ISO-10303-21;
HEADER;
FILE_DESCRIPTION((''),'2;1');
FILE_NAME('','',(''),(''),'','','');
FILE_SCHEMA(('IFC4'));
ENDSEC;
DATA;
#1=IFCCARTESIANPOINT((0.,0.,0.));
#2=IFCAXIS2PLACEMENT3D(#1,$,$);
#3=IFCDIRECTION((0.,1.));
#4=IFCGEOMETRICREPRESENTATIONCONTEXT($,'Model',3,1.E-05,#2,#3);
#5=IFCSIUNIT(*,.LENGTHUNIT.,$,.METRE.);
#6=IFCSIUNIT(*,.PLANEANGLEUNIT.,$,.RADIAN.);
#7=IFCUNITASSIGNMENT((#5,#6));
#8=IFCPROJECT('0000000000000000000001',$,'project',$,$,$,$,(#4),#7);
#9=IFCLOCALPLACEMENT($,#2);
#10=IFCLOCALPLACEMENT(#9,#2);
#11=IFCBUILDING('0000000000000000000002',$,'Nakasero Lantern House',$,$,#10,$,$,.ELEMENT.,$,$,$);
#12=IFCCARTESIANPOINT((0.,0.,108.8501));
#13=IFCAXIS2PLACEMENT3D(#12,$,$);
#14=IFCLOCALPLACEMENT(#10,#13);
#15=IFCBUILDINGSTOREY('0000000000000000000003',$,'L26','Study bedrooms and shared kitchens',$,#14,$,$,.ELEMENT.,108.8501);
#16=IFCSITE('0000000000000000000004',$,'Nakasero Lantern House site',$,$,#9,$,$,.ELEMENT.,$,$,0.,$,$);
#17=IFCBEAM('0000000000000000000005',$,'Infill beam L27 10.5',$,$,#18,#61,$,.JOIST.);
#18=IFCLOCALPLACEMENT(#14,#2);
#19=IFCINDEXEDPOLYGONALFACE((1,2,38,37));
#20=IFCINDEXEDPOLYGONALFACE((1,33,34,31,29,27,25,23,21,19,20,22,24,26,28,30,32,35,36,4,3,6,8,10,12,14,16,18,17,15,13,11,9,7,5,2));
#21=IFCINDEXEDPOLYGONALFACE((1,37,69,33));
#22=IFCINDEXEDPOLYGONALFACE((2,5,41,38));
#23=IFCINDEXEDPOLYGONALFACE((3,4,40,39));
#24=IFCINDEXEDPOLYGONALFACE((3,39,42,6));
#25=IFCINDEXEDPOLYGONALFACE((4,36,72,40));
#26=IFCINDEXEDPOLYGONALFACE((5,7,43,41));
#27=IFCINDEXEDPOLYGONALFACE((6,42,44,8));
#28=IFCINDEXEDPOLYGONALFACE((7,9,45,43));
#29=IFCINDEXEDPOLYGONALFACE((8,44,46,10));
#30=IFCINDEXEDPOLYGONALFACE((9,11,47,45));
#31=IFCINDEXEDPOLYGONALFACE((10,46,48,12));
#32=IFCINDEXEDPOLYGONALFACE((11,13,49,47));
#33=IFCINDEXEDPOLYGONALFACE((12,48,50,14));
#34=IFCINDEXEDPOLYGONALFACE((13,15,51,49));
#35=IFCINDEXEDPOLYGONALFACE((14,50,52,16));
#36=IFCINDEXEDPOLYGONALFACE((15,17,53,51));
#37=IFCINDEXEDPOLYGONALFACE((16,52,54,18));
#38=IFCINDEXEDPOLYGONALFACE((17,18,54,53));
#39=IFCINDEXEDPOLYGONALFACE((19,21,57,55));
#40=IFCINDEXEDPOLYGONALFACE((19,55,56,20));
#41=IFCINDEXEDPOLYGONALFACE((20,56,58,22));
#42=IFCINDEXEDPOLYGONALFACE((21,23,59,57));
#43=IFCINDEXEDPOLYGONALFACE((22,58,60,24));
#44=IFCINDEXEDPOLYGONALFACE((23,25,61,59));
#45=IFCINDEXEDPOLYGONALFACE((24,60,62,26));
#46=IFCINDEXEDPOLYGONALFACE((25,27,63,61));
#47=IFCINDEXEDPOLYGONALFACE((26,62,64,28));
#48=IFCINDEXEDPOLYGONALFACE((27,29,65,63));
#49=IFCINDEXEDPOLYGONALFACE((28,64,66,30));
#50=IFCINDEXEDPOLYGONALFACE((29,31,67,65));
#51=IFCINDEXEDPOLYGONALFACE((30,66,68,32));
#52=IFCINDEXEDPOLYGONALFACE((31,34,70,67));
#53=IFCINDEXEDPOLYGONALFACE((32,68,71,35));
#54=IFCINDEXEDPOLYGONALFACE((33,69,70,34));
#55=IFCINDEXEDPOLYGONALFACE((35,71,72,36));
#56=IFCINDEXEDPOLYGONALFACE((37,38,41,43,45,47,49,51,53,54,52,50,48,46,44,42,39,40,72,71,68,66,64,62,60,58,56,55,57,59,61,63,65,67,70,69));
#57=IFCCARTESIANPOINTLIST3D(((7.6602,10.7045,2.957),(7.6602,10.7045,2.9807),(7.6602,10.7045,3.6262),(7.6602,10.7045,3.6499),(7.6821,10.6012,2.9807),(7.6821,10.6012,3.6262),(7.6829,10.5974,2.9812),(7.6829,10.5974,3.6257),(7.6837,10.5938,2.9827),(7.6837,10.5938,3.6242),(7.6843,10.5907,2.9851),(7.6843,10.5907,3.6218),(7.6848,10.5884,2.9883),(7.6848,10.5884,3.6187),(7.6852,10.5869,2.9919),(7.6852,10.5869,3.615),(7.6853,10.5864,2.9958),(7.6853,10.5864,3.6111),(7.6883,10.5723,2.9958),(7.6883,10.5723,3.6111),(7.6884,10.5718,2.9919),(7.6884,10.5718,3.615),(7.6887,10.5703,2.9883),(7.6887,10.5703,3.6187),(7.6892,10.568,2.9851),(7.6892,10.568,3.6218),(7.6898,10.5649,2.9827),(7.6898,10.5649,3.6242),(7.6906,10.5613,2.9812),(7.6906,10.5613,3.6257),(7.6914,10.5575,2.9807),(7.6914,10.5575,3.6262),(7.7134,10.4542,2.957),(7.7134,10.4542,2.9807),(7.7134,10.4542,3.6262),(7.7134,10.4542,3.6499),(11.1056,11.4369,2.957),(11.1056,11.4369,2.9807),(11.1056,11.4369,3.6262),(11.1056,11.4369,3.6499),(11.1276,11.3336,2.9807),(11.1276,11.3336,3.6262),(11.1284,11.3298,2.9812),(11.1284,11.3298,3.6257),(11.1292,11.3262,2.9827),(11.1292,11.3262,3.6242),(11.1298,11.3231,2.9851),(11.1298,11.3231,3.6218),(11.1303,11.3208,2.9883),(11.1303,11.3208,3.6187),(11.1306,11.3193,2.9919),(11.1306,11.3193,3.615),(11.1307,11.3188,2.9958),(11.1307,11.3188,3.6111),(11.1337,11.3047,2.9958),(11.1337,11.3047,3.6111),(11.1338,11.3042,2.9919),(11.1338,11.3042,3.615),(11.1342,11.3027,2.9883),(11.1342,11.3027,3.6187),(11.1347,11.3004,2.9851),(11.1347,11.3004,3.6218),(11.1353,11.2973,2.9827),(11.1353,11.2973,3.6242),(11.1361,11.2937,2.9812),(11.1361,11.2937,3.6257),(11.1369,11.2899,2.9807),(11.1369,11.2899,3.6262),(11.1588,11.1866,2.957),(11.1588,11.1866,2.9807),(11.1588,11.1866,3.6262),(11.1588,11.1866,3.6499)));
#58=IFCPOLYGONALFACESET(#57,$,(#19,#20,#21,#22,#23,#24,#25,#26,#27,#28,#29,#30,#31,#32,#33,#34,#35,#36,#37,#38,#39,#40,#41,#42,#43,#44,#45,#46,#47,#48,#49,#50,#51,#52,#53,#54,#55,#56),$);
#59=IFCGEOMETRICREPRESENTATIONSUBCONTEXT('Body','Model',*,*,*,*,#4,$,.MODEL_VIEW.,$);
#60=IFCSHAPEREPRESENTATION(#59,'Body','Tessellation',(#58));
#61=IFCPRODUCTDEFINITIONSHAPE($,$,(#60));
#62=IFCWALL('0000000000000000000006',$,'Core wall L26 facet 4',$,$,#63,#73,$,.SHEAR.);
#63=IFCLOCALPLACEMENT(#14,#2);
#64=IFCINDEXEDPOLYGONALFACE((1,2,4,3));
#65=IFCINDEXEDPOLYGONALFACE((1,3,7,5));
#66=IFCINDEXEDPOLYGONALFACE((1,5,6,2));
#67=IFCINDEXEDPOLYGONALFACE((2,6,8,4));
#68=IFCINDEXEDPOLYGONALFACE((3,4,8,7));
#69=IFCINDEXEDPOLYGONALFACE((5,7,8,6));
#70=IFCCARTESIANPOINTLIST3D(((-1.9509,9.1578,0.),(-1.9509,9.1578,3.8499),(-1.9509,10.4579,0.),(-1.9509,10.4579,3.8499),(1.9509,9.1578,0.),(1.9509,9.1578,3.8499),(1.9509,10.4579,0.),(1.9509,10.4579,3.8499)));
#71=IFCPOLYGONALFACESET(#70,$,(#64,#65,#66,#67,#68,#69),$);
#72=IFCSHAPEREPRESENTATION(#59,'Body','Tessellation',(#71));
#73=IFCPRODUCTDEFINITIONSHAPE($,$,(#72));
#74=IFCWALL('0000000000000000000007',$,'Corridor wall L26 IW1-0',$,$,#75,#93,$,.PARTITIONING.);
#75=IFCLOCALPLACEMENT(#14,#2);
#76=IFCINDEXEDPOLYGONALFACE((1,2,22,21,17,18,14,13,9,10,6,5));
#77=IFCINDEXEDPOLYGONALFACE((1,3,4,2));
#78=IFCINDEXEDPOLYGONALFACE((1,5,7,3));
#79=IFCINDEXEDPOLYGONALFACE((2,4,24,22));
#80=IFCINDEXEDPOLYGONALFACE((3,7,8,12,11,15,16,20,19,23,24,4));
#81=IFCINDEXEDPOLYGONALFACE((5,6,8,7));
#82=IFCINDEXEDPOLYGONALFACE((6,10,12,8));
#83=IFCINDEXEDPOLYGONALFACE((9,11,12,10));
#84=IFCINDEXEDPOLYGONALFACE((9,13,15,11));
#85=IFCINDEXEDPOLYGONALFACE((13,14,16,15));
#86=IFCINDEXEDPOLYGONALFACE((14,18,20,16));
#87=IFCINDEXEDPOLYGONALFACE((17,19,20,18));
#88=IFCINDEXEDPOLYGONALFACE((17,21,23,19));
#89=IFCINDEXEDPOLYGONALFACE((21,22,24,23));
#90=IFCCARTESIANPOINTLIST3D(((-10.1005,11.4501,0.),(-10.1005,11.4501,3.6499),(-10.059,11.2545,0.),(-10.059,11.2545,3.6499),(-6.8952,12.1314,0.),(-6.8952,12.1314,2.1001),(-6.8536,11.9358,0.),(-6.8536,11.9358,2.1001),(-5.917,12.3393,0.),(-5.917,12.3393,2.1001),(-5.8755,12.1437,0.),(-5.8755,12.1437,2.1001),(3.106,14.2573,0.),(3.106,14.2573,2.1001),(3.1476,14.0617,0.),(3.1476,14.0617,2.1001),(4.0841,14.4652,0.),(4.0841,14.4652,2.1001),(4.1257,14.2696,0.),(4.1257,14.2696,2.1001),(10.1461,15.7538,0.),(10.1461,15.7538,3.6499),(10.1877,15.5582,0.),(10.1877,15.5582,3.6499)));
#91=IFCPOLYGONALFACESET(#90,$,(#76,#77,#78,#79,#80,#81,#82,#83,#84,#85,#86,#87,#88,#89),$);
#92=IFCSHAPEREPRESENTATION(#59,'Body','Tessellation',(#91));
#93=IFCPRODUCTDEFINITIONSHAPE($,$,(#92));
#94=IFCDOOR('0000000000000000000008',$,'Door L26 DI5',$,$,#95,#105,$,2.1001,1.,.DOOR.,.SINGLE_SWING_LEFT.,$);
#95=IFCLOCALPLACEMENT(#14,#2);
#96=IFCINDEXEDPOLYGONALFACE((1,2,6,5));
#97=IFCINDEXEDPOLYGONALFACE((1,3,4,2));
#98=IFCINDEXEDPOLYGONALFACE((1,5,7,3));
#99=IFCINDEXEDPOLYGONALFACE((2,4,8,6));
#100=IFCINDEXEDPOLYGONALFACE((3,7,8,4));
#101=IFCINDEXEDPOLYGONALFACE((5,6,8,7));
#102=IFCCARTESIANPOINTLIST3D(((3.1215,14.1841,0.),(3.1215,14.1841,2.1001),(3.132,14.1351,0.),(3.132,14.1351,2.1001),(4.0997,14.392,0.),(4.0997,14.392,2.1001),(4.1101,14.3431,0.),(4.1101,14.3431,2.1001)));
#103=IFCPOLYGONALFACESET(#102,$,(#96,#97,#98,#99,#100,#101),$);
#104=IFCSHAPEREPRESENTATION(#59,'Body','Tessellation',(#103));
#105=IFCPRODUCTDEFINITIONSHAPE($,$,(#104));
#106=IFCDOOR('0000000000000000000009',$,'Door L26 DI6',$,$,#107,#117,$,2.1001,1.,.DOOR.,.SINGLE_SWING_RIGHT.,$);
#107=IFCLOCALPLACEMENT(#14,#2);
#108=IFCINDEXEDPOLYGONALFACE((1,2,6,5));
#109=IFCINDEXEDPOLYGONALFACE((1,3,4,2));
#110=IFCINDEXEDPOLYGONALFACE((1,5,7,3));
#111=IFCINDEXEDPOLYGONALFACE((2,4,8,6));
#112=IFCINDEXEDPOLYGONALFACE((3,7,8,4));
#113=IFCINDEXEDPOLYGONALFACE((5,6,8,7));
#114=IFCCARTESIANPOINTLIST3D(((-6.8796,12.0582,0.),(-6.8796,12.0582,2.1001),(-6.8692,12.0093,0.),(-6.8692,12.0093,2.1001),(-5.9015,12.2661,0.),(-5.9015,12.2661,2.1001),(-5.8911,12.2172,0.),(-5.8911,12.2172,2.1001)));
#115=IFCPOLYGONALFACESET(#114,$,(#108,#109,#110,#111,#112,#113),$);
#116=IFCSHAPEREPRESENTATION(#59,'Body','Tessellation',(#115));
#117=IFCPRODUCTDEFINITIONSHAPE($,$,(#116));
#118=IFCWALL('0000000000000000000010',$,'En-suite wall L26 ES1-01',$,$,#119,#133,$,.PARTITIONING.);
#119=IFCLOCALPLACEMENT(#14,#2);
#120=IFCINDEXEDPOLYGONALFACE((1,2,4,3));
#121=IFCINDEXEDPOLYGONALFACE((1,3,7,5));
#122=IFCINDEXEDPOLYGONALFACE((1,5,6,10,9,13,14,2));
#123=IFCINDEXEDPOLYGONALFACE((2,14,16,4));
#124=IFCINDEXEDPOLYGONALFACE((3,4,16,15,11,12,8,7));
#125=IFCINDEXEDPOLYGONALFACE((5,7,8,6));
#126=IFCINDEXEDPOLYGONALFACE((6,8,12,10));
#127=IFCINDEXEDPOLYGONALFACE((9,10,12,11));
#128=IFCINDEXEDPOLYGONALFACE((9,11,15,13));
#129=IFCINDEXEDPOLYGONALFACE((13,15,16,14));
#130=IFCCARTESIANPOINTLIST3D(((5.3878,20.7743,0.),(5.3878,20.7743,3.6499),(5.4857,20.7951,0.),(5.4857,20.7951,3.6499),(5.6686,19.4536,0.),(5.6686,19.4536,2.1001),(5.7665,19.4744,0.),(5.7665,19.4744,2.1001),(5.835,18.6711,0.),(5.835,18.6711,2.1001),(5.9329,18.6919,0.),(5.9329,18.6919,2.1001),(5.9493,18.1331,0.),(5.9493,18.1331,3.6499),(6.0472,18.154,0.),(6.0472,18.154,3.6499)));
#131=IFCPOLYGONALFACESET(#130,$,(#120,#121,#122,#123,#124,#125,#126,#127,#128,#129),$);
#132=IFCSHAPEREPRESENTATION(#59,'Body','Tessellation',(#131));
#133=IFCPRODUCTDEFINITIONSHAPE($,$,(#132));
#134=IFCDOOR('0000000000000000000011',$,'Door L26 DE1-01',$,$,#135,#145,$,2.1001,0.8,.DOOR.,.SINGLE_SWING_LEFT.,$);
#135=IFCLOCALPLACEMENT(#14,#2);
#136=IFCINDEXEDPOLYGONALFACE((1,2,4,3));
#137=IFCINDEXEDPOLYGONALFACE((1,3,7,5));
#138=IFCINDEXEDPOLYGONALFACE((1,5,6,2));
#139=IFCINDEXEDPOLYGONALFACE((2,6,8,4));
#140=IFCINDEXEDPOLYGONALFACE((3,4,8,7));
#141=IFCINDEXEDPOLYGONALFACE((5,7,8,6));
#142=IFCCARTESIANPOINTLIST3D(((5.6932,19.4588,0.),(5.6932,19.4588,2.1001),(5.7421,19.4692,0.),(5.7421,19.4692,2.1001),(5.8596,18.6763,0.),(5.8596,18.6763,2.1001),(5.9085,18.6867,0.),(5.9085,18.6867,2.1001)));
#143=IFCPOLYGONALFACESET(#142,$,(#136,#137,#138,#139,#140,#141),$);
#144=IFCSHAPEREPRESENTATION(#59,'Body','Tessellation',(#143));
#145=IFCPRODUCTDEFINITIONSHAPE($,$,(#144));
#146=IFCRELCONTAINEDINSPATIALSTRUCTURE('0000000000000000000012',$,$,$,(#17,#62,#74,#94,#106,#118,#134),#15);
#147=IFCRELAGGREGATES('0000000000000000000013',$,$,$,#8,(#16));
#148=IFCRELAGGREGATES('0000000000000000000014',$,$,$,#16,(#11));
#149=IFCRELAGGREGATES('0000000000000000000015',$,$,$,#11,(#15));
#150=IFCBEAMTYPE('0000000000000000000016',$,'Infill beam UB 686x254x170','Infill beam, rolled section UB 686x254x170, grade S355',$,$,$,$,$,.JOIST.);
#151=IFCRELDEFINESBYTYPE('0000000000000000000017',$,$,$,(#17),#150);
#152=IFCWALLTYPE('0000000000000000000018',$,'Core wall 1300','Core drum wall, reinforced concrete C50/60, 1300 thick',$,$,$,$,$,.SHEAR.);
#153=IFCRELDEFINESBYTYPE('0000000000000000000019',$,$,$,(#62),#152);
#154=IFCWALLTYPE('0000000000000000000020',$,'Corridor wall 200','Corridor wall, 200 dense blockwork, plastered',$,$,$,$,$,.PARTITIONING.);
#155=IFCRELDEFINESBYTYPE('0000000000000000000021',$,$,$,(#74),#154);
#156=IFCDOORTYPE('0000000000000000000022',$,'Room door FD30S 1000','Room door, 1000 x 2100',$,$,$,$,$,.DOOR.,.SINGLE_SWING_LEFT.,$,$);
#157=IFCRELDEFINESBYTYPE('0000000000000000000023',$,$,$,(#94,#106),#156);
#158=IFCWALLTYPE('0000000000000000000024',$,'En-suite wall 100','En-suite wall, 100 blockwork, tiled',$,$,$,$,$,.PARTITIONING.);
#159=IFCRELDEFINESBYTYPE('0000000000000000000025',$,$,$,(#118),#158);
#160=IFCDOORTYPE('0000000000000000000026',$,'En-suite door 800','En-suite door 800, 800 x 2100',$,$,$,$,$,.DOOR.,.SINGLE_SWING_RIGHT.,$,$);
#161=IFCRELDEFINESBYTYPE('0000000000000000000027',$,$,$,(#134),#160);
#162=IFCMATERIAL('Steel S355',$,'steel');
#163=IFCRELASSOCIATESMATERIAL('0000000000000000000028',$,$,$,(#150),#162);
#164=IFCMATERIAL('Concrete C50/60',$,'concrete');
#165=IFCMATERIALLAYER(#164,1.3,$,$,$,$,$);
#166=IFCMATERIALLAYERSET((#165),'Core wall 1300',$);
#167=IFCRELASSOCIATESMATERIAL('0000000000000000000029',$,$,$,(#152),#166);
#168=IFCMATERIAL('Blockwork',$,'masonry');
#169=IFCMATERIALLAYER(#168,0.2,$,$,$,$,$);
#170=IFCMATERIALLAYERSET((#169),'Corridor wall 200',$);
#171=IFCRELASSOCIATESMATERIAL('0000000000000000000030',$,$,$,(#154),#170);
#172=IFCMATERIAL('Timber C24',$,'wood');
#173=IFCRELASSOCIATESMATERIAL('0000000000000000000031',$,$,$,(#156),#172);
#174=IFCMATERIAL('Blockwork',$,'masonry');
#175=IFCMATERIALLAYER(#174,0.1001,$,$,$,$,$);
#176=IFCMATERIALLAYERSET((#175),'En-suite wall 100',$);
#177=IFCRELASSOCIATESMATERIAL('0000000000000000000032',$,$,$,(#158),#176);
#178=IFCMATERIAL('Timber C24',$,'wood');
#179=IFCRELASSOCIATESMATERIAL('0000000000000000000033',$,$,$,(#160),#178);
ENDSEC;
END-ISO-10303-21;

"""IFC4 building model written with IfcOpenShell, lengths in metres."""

from ifc_helpers import new_model, si_unit, direction, frame, frame_2d, origin, origin_2d, place, context, subcontext, project, spatial, rectangle, i_section, extrude, material, layer, layer_set, material_profile, profile_set, type_object, element, fill, save


model = new_model("IFC4")

# Units and contexts
model_context = context("Model", 3, precision=1e-05, world=origin(), true_north=direction((0.0, 1.0)))
body_context = subcontext(model_context, "Body", "Model", "MODEL_VIEW")
ifc_project = project(units=[si_unit("LENGTHUNIT", "METRE"), si_unit("PLANEANGLEUNIT", "RADIAN")], contexts=[model_context])

# Site, building, storey
site_placement = place(None, origin())
site = spatial("IfcSite", under=ifc_project, at=site_placement, Name="Nakasero Lantern House site", CompositionType="ELEMENT", RefElevation=0.0)
building_placement = place(site_placement, origin())
building = spatial("IfcBuilding", under=site, at=building_placement, Name="Nakasero Lantern House", CompositionType="ELEMENT")
storey_placement = place(building_placement, frame((0.0, 0.0, 108.8501)))
storey = spatial("IfcBuildingStorey", under=building, at=storey_placement, Name="L26", Description="Study bedrooms and shared kitchens", CompositionType="ELEMENT", Elevation=108.8501)

# Beam
ifc_material_1 = material(Name="Steel S355", Category="steel")
ifc_material_profile_1 = material_profile(ifc_material_1, i_section(OverallWidth=0.2559, OverallDepth=0.6929, WebThickness=0.0144, FlangeThickness=0.0237, FilletRadius=0.0151, at=origin_2d()), Name="UB 686x254x170")
ifc_profile_set_1 = profile_set([ifc_material_profile_1], Name="Steel S355")
beam_type_1 = type_object("IfcBeamType", Name="Infill beam UB 686x254x170", Description="Infill beam, rolled section UB 686x254x170, grade S355", PredefinedType="JOIST", material=ifc_profile_set_1)
beam_1_placement = place(storey_placement, frame((7.6868, 10.5793, 3.3035), z_axis=(0.978145, 0.207924, 0.0), x_axis=(-0.207924, 0.978145, 0.0)))
element("IfcBeam", 1, at=beam_1_placement, inside=storey, type_object=beam_type_1, Name="Infill beam L27 10.5", PredefinedType="JOIST", context=body_context, shape_type="SweptSolid", body=[
    extrude(i_section(OverallWidth=0.2559, OverallDepth=0.6929, WebThickness=0.0144, FlangeThickness=0.0237, FilletRadius=0.0151, at=origin_2d()), origin(), (0.0, 0.0, 1.0), 3.5225),
])

# Wall
ifc_material_2 = material(Name="Concrete C50/60", Category="concrete")
ifc_layer_1 = layer(ifc_material_2, 1.3)
ifc_layer_set_1 = layer_set([ifc_layer_1], Name="Core wall 1300")
wall_type_1 = type_object("IfcWallType", Name="Core wall 1300", Description="Core drum wall, reinforced concrete C50/60, 1300 thick", PredefinedType="SHEAR", material=ifc_layer_set_1)
wall_1_placement = place(storey_placement, frame((1.9509, 9.8079, 0.0), z_axis=(0.0, 0.0, 1.0), x_axis=(-1.0, 0.0, 0.0)))
element("IfcWall", 2, at=wall_1_placement, inside=storey, type_object=wall_type_1, Name="Core wall L26 facet 4", PredefinedType="SHEAR", context=body_context, shape_type="SweptSolid", body=[
    extrude(rectangle(XDim=3.9019, YDim=1.3, at=frame_2d((1.9509, 0.0))), origin(), (0.0, 0.0, 1.0), 3.8499),
])

# Wall, openings, doors
ifc_material_3 = material(Name="Blockwork", Category="masonry")
ifc_layer_2 = layer(ifc_material_3, 0.2)
ifc_layer_set_2 = layer_set([ifc_layer_2], Name="Corridor wall 200")
wall_type_2 = type_object("IfcWallType", Name="Corridor wall 200", Description="Corridor wall, 200 dense blockwork, plastered", PredefinedType="PARTITIONING", material=ifc_layer_set_2)
wall_2_placement = place(storey_placement, frame((10.167, 15.656, 0.0), z_axis=(0.0, 0.0, 1.0), x_axis=(-0.978146, -0.207919, 0.0)))
wall_2 = element("IfcWall", 3, at=wall_2_placement, inside=storey, type_object=wall_type_2, Name="Corridor wall L26 IW1-0", PredefinedType="PARTITIONING", context=body_context, shape_type="SweptSolid", body=[
    extrude(rectangle(XDim=20.699, YDim=0.2, at=frame_2d((10.3496, 0.0))), origin(), (0.0, 0.0, 1.0), 3.6499),
])
opening_1_placement = place(wall_2_placement, frame((6.1975, 0.0, 0.0)))
opening_1 = element("IfcOpeningElement", 4, at=opening_1_placement, cuts=wall_2, PredefinedType="OPENING", context=body_context, shape_type="SweptSolid", body=[
    extrude(rectangle(XDim=1.0, YDim=2.1001, at=frame_2d((0.5, 1.05))), frame((0.0, 0.1199, 0.0), z_axis=(0.0, -1.0, 0.0), x_axis=(1.0, 0.0, 0.0)), (0.0, 0.0, 1.0), 0.24),
])
opening_2_placement = place(wall_2_placement, frame((16.4221, 0.0, 0.0)))
opening_2 = element("IfcOpeningElement", 5, at=opening_2_placement, cuts=wall_2, PredefinedType="OPENING", context=body_context, shape_type="SweptSolid", body=[
    extrude(rectangle(XDim=1.0, YDim=2.1001, at=frame_2d((0.5, 1.05))), frame((0.0, 0.1199, 0.0), z_axis=(0.0, -1.0, 0.0), x_axis=(1.0, 0.0, 0.0)), (0.0, 0.0, 1.0), 0.24),
])
ifc_material_4 = material(Name="Timber C24", Category="wood")
door_type_1 = type_object("IfcDoorType", Name="Room door FD30S 1000", Description="Room door, 1000 x 2100", OperationType="SINGLE_SWING_LEFT", PredefinedType="DOOR", material=ifc_material_4)
door_1_placement = place(opening_1_placement, origin())
door_1 = element("IfcDoor", 6, at=door_1_placement, inside=storey, type_object=door_type_1, Name="Door L26 DI5", OperationType="SINGLE_SWING_LEFT", OverallHeight=2.1001, OverallWidth=1.0, PredefinedType="DOOR", context=body_context, shape_type="SweptSolid", body=[
    extrude(rectangle(XDim=1.0, YDim=2.1001, at=frame_2d((0.5, 1.05))), frame((0.0, 0.0249, 0.0), z_axis=(0.0, -1.0, 0.0), x_axis=(1.0, 0.0, 0.0)), (0.0, 0.0, 1.0), 0.05),
])
fill(opening_1, door_1)
door_2_placement = place(opening_2_placement, origin())
door_2 = element("IfcDoor", 7, at=door_2_placement, inside=storey, type_object=door_type_1, Name="Door L26 DI6", OperationType="SINGLE_SWING_RIGHT", OverallHeight=2.1001, OverallWidth=1.0, PredefinedType="DOOR", context=body_context, shape_type="SweptSolid", body=[
    extrude(rectangle(XDim=1.0, YDim=2.1001, at=frame_2d((0.5, 1.05))), frame((0.0, 0.0249, 0.0), z_axis=(0.0, -1.0, 0.0), x_axis=(1.0, 0.0, 0.0)), (0.0, 0.0, 1.0), 0.05),
])
fill(opening_2, door_2)

# Wall, opening, door
ifc_material_5 = material(Name="Blockwork", Category="masonry")
ifc_layer_3 = layer(ifc_material_5, 0.1001)
ifc_layer_set_3 = layer_set([ifc_layer_3], Name="En-suite wall 100")
wall_type_3 = type_object("IfcWallType", Name="En-suite wall 100", Description="En-suite wall, 100 blockwork, tiled", PredefinedType="PARTITIONING", material=ifc_layer_set_3)
wall_3_placement = place(storey_placement, frame((5.9983, 18.1436, 0.0), z_axis=(0.0, 0.0, 1.0), x_axis=(-0.20796, 0.978137, 0.0)))
wall_3 = element("IfcWall", 8, at=wall_3_placement, inside=storey, type_object=wall_type_3, Name="En-suite wall L26 ES1-01", PredefinedType="PARTITIONING", context=body_context, shape_type="SweptSolid", body=[
    extrude(rectangle(XDim=2.7002, YDim=0.1001, at=frame_2d((1.3501, 0.0))), origin(), (0.0, 0.0, 1.0), 3.6499),
])
opening_3_placement = place(wall_3_placement, frame((0.55, 0.0, 0.0)))
opening_3 = element("IfcOpeningElement", 9, at=opening_3_placement, cuts=wall_3, PredefinedType="OPENING", context=body_context, shape_type="SweptSolid", body=[
    extrude(rectangle(XDim=0.8, YDim=2.1001, at=frame_2d((0.3999, 1.05))), frame((0.0, 0.0701, 0.0), z_axis=(0.0, -1.0, 0.0), x_axis=(1.0, 0.0, 0.0)), (0.0, 0.0, 1.0), 0.1401),
])
ifc_material_6 = material(Name="Timber C24", Category="wood")
door_type_2 = type_object("IfcDoorType", Name="En-suite door 800", Description="En-suite door 800, 800 x 2100", OperationType="SINGLE_SWING_RIGHT", PredefinedType="DOOR", material=ifc_material_6)
door_3_placement = place(opening_3_placement, origin())
door_3 = element("IfcDoor", 10, at=door_3_placement, inside=storey, type_object=door_type_2, Name="Door L26 DE1-01", OperationType="SINGLE_SWING_LEFT", OverallHeight=2.1001, OverallWidth=0.8, PredefinedType="DOOR", context=body_context, shape_type="SweptSolid", body=[
    extrude(rectangle(XDim=0.8, YDim=2.1001, at=frame_2d((0.3999, 1.05))), frame((0.0, 0.0249, 0.0), z_axis=(0.0, -1.0, 0.0), x_axis=(1.0, 0.0, 0.0)), (0.0, 0.0, 1.0), 0.05),
])
fill(opening_3, door_3)

save(model, "model.ifc")
